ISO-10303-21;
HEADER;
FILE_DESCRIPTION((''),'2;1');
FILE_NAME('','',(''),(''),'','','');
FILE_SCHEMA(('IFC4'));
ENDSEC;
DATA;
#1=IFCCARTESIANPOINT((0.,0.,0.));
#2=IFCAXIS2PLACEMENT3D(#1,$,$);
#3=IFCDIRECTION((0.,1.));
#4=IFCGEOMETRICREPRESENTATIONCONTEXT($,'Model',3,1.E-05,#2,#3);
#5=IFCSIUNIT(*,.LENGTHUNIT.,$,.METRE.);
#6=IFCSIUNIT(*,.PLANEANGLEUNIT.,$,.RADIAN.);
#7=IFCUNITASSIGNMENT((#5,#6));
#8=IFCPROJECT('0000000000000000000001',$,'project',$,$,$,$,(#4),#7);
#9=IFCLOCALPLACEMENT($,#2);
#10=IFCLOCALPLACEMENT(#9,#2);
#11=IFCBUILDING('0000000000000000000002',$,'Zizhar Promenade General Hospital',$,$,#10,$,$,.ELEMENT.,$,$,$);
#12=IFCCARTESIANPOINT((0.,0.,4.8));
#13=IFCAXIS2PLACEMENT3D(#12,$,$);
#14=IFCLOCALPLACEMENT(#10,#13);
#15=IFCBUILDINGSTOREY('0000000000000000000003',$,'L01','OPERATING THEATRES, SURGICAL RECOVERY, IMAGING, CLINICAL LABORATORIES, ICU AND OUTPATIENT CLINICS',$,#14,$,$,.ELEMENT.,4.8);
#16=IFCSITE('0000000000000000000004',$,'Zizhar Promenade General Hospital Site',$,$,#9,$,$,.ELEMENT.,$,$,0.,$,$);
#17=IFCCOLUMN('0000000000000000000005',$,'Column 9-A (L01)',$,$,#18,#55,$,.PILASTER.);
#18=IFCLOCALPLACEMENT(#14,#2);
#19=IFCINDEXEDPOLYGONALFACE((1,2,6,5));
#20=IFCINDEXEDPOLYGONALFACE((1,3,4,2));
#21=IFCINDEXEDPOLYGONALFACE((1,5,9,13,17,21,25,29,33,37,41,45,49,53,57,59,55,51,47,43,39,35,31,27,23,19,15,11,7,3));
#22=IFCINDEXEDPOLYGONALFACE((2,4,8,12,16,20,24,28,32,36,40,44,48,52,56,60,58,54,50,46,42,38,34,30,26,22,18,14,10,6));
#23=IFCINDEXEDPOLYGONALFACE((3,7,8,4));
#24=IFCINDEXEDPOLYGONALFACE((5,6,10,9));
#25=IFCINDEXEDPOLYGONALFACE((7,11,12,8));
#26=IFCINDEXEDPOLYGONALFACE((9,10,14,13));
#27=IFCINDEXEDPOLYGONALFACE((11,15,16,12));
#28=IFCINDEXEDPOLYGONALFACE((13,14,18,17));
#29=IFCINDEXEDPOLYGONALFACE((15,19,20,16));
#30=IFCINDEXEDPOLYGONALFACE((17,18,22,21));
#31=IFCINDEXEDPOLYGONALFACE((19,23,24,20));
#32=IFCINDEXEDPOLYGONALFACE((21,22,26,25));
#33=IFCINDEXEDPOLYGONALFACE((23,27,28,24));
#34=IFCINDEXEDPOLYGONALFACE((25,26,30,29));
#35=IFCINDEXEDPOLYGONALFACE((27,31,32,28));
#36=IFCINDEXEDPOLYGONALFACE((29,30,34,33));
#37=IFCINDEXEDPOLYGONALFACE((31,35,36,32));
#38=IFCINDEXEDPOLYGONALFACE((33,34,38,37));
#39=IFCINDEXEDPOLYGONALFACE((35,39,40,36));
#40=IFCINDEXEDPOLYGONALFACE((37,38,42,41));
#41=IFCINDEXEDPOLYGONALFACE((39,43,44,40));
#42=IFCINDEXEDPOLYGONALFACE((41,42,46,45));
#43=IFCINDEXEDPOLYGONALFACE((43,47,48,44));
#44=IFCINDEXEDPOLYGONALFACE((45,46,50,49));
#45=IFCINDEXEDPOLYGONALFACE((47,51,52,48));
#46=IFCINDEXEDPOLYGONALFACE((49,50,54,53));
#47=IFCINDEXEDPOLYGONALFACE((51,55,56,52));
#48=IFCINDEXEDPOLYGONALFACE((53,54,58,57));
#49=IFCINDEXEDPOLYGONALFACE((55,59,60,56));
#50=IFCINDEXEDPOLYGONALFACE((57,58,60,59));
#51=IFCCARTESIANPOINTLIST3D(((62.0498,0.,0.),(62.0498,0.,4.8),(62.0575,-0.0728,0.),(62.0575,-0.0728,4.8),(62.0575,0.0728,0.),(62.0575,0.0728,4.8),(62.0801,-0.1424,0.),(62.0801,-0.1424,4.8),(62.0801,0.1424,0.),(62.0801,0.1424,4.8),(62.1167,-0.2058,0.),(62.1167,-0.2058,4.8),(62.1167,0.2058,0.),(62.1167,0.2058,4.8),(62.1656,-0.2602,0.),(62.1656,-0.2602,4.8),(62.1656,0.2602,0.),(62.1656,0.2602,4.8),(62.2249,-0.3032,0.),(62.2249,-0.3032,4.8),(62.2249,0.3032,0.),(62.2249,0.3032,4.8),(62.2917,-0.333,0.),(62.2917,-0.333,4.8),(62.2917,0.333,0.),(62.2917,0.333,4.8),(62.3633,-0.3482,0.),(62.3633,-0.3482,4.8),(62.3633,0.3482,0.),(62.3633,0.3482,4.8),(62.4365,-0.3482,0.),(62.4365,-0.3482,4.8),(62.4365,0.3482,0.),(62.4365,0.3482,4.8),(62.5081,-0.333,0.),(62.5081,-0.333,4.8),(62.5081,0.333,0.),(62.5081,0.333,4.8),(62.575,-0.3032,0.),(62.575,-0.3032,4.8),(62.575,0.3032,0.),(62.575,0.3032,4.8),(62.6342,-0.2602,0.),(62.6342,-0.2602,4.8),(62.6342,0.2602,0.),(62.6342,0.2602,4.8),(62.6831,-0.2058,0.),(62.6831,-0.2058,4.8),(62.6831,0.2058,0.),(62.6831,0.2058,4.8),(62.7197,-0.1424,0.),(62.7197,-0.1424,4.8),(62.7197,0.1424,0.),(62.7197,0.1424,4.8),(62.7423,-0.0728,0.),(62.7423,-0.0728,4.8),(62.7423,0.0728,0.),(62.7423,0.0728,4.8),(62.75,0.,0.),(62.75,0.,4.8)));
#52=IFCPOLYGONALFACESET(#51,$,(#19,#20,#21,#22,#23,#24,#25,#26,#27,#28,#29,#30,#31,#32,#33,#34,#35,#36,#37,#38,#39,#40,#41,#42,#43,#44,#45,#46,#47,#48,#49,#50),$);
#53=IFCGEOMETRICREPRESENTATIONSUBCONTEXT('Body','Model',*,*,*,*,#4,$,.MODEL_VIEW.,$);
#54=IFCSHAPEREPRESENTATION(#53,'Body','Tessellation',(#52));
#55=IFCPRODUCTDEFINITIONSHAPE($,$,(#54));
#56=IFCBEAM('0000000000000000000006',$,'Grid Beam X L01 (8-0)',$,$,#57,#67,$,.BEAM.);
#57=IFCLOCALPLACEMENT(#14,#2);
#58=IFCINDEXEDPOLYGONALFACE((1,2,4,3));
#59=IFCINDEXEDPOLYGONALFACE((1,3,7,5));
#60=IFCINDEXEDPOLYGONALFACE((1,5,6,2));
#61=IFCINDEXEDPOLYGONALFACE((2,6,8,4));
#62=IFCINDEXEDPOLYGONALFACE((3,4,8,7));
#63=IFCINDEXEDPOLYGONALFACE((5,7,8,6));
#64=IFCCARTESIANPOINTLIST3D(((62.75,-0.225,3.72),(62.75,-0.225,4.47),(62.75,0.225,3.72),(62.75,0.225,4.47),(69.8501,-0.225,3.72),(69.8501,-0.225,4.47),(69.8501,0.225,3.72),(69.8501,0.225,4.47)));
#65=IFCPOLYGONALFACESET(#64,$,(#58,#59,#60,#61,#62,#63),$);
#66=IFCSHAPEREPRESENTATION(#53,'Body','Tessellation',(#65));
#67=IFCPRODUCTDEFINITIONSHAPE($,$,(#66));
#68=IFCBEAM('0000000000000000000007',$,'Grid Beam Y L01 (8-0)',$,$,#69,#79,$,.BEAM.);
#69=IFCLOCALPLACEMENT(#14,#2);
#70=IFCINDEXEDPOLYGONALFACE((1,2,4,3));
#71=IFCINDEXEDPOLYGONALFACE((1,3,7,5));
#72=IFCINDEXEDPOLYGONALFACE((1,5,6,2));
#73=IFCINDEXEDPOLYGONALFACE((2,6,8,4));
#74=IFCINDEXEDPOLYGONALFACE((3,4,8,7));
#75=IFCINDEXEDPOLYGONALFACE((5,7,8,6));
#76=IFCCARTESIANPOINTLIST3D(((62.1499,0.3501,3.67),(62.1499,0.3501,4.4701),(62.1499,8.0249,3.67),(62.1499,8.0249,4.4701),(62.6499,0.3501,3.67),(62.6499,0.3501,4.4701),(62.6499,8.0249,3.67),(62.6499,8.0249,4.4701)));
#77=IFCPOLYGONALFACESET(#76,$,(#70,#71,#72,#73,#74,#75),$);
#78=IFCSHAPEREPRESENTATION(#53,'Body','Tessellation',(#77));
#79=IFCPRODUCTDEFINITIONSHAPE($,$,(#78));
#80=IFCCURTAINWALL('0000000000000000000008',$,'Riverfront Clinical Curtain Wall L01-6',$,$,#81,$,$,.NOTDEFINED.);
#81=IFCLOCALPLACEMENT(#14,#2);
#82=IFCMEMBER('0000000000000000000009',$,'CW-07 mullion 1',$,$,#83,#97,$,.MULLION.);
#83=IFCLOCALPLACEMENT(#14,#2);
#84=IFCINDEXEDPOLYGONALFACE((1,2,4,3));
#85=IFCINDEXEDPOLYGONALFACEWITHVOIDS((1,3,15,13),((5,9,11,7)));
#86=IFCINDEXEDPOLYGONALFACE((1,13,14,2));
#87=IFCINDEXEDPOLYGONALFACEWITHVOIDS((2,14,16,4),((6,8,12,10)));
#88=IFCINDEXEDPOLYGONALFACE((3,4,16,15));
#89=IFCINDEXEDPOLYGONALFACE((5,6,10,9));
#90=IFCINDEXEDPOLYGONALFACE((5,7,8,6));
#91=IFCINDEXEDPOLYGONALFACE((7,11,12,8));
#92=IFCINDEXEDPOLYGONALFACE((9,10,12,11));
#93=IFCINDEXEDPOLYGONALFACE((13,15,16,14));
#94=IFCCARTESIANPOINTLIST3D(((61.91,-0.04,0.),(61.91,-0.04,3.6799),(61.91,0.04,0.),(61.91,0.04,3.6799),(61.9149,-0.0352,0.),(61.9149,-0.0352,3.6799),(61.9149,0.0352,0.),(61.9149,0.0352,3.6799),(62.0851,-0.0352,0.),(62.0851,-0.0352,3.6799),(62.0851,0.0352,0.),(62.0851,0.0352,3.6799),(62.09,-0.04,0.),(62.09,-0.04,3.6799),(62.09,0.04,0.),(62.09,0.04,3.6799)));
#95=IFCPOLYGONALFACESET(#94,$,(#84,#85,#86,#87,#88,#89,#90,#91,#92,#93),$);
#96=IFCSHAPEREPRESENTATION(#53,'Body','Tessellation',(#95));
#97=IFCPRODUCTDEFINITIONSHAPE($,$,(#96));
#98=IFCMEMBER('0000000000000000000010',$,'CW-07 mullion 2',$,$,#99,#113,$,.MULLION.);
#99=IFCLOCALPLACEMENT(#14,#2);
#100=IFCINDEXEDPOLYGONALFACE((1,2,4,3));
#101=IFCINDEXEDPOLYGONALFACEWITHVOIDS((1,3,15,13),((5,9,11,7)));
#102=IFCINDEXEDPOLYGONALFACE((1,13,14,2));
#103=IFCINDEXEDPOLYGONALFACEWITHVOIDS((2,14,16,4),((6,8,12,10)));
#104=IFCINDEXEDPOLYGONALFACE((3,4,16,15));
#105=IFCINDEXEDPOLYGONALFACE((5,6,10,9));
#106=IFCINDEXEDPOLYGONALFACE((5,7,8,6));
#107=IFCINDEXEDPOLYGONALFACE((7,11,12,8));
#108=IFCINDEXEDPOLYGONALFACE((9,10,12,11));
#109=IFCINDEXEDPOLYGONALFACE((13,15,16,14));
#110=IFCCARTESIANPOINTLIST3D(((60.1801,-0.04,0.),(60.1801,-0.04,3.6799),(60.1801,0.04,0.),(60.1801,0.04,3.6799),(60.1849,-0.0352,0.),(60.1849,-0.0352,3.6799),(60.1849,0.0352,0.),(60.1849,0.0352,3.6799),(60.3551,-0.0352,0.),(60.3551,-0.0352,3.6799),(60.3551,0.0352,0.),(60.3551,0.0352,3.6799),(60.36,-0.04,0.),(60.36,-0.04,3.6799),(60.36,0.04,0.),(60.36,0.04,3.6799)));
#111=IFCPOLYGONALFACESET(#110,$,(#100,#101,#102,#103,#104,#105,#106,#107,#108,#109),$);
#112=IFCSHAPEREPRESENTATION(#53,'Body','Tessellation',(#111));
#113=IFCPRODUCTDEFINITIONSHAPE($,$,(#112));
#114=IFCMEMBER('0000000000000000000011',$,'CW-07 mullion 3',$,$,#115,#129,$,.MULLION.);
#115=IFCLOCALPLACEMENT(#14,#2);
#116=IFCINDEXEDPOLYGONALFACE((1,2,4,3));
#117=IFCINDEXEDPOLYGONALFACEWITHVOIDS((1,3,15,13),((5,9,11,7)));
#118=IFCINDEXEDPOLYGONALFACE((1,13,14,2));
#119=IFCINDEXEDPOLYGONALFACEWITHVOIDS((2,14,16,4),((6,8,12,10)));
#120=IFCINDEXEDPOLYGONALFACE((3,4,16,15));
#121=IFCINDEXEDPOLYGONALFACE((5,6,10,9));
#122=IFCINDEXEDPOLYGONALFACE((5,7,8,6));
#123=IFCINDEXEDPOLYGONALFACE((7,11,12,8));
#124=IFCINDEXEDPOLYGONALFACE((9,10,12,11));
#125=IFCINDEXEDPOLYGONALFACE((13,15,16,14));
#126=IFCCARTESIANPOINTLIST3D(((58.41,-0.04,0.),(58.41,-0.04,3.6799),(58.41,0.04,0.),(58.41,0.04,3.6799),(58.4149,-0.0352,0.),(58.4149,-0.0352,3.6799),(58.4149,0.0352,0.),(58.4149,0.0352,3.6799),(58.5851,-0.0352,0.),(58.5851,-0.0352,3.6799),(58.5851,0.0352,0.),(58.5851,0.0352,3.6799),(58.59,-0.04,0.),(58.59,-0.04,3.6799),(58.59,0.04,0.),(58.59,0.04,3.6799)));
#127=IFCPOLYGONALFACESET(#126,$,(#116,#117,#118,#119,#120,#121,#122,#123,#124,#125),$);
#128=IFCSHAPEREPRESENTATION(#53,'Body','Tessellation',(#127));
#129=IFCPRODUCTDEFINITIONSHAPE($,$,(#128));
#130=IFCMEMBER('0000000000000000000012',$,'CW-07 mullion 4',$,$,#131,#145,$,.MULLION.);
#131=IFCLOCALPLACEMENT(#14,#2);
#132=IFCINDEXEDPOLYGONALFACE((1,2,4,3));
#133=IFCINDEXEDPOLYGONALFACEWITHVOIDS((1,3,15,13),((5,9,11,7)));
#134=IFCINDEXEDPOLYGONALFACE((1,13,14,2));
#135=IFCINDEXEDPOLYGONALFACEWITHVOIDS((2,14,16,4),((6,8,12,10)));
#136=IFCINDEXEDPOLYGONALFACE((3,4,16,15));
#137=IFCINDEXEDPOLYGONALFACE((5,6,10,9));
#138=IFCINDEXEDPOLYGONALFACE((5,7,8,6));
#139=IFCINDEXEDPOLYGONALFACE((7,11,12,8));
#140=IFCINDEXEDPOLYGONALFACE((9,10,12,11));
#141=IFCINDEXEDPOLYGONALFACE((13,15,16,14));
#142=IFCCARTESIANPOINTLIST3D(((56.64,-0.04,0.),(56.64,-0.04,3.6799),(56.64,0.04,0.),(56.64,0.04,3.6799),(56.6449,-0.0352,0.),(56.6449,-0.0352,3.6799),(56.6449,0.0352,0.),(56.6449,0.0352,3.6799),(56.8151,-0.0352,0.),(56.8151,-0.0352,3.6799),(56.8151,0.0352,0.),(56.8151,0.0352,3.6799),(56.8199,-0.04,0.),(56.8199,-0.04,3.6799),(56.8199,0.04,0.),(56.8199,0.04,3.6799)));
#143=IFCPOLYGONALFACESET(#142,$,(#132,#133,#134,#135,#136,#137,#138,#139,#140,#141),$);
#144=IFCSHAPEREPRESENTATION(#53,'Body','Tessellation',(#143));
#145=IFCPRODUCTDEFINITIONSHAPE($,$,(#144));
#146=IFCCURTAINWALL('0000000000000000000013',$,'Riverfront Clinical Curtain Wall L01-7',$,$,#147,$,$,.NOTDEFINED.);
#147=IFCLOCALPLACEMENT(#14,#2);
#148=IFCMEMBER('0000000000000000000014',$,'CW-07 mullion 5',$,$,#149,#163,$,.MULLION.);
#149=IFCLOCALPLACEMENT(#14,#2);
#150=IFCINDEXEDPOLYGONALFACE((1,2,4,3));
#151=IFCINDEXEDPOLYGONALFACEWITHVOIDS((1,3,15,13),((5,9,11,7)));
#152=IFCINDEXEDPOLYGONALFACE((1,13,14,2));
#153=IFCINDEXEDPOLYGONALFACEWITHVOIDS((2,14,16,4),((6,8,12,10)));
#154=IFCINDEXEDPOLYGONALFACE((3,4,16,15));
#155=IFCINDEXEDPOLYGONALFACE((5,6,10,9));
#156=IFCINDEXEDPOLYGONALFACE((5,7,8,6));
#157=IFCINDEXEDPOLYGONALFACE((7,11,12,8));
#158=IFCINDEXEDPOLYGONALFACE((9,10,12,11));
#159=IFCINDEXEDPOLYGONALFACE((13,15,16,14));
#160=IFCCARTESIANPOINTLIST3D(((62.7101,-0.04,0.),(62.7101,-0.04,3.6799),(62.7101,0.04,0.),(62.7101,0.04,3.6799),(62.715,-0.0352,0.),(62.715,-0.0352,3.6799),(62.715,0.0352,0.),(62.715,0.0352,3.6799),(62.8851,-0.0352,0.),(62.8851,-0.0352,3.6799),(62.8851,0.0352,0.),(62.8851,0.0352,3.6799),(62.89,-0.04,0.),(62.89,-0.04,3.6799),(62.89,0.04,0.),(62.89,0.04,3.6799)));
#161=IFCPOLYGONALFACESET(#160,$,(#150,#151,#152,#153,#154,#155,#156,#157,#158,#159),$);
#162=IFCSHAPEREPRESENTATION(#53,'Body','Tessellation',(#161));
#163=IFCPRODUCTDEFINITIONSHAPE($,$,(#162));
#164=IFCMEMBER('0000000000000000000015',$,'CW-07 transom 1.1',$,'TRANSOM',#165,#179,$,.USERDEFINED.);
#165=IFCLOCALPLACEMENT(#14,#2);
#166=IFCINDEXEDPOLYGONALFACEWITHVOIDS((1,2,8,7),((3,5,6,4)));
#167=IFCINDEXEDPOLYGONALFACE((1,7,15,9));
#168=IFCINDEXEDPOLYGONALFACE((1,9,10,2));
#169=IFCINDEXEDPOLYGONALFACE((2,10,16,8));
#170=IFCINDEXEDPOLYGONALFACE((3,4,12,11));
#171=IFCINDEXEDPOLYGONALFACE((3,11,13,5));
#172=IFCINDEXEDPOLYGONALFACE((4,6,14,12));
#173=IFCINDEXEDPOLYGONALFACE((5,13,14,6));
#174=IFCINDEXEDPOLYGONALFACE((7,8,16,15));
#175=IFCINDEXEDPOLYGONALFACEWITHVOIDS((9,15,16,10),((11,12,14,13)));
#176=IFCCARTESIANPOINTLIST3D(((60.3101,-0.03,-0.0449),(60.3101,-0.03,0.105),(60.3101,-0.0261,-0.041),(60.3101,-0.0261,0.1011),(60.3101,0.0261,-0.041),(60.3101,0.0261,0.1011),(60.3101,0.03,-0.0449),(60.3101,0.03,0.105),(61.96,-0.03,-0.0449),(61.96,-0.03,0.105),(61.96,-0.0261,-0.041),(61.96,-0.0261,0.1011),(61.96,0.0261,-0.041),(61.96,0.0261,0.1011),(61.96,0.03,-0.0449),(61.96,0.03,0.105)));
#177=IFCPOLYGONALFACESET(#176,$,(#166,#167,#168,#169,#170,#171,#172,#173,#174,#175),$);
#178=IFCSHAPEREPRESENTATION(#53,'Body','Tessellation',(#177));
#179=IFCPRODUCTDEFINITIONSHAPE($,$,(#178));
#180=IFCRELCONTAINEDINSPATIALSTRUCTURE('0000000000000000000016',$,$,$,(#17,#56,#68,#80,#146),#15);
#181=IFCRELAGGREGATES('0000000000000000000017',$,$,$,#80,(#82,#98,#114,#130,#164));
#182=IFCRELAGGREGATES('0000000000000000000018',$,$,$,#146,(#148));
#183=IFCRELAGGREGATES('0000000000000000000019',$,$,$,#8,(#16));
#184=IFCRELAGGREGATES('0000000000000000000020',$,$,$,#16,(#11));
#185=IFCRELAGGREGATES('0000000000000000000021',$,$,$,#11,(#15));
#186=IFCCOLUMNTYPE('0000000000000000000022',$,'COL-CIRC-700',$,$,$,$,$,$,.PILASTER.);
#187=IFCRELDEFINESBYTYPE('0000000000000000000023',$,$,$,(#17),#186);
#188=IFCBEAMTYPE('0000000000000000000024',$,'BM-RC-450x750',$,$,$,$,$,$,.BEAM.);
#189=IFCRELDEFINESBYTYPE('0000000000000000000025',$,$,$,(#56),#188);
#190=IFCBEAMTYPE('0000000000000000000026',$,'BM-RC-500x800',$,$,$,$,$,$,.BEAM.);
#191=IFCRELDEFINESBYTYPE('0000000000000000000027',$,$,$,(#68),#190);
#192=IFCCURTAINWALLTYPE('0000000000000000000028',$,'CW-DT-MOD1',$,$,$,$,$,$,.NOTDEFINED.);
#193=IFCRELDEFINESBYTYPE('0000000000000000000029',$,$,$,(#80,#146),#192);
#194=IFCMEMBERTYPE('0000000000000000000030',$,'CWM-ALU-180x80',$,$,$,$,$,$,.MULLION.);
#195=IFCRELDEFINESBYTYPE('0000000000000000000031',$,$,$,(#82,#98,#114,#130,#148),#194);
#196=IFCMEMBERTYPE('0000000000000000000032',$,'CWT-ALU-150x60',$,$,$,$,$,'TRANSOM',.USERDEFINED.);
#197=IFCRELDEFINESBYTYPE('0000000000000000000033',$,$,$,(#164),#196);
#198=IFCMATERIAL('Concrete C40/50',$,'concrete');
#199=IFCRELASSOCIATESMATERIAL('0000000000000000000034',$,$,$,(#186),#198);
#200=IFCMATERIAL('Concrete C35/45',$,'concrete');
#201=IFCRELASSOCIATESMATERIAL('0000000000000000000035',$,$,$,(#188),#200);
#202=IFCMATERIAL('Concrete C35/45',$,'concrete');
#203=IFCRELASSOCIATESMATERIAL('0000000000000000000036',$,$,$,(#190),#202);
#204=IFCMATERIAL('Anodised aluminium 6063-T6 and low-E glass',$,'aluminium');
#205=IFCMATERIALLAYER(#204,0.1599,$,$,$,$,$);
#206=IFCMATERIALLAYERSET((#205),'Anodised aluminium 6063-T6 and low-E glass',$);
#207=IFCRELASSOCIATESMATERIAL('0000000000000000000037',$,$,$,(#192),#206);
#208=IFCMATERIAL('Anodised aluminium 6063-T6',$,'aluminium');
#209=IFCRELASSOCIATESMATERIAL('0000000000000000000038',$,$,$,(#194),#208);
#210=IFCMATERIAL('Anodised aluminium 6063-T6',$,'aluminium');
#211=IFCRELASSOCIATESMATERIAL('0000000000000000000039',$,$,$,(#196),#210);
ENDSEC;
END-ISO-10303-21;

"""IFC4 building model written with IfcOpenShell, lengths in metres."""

from ifc_helpers import new_model, si_unit, direction, frame, origin, origin_2d, place, context, subcontext, project, spatial, rectangle, hollow_rectangle, circle, extrude, material, layer, layer_set, material_profile, profile_set, type_object, element, aggregate, save


model = new_model("IFC4")

# Units and contexts
model_context = context("Model", 3, precision=1e-05, world=origin(), true_north=direction((0.0, 1.0)))
body_context = subcontext(model_context, "Body", "Model", "MODEL_VIEW")
ifc_project = project(units=[si_unit("LENGTHUNIT", "METRE"), si_unit("PLANEANGLEUNIT", "RADIAN")], contexts=[model_context])

# Site, building, storey
site_placement = place(None, origin())
site = spatial("IfcSite", under=ifc_project, at=site_placement, Name="Zizhar Promenade General Hospital Site", CompositionType="ELEMENT", RefElevation=0.0)
building_placement = place(site_placement, origin())
building = spatial("IfcBuilding", under=site, at=building_placement, Name="Zizhar Promenade General Hospital", CompositionType="ELEMENT")
storey_placement = place(building_placement, frame((0.0, 0.0, 4.8)))
storey = spatial("IfcBuildingStorey", under=building, at=storey_placement, Name="L01", Description="OPERATING THEATRES, SURGICAL RECOVERY, IMAGING, CLINICAL LABORATORIES, ICU AND OUTPATIENT CLINICS", CompositionType="ELEMENT", Elevation=4.8)

# Column
ifc_material_1 = material(Name="Concrete C40/50", Category="concrete")
ifc_material_profile_1 = material_profile(ifc_material_1, circle(Radius=0.3501, at=origin_2d()))
ifc_profile_set_1 = profile_set([ifc_material_profile_1], Name="Concrete C40/50")
column_type = type_object("IfcColumnType", Name="COL-CIRC-700", PredefinedType="PILASTER", material=ifc_profile_set_1)
column_placement = place(storey_placement, frame((62.3999, 0.0, 0.0), z_axis=(0.0, 0.0, 1.0), x_axis=(1.0, 0.0, 0.0)))
element("IfcColumn", 1, at=column_placement, inside=storey, type_object=column_type, Name="Column 9-A (L01)", PredefinedType="PILASTER", context=body_context, shape_type="SweptSolid", body=[
    extrude(circle(Radius=0.3501, at=origin_2d()), origin(), (0.0, 0.0, 1.0), 4.8),
])

# Beams
ifc_material_2 = material(Name="Concrete C35/45", Category="concrete")
ifc_material_profile_2 = material_profile(ifc_material_2, rectangle(XDim=0.45, YDim=0.75, at=origin_2d()))
ifc_profile_set_2 = profile_set([ifc_material_profile_2], Name="Concrete C35/45")
beam_type_1 = type_object("IfcBeamType", Name="BM-RC-450x750", PredefinedType="BEAM", material=ifc_profile_set_2)
beam_1_placement = place(storey_placement, frame((62.75, 0.0, 4.095), z_axis=(1.0, 0.0, 0.0), x_axis=(0.0, 1.0, 0.0)))
element("IfcBeam", 2, at=beam_1_placement, inside=storey, type_object=beam_type_1, Name="Grid Beam X L01 (8-0)", PredefinedType="BEAM", context=body_context, shape_type="SweptSolid", body=[
    extrude(rectangle(XDim=0.45, YDim=0.75, at=origin_2d()), origin(), (0.0, 0.0, 1.0), 7.1001),
])
ifc_material_3 = material(Name="Concrete C35/45", Category="concrete")
ifc_material_profile_3 = material_profile(ifc_material_3, rectangle(XDim=0.5, YDim=0.8, at=origin_2d()))
ifc_profile_set_3 = profile_set([ifc_material_profile_3], Name="Concrete C35/45")
beam_type_2 = type_object("IfcBeamType", Name="BM-RC-500x800", PredefinedType="BEAM", material=ifc_profile_set_3)
beam_2_placement = place(storey_placement, frame((62.3999, 0.3501, 4.0701), z_axis=(0.0, 1.0, 0.0), x_axis=(-1.0, 0.0, 0.0)))
element("IfcBeam", 3, at=beam_2_placement, inside=storey, type_object=beam_type_2, Name="Grid Beam Y L01 (8-0)", PredefinedType="BEAM", context=body_context, shape_type="SweptSolid", body=[
    extrude(rectangle(XDim=0.5, YDim=0.8, at=origin_2d()), origin(), (0.0, 0.0, 1.0), 7.6748),
])

# Curtain wall, members
ifc_material_4 = material(Name="Anodised aluminium 6063-T6 and low-E glass", Category="aluminium")
ifc_layer_1 = layer(ifc_material_4, 0.1599)
ifc_layer_set_1 = layer_set([ifc_layer_1], Name="Anodised aluminium 6063-T6 and low-E glass")
curtain_wall_type = type_object("IfcCurtainWallType", Name="CW-DT-MOD1", PredefinedType="NOTDEFINED", material=ifc_layer_set_1)
curtain_wall_1_placement = place(storey_placement, origin())
curtain_wall_1 = element("IfcCurtainWall", 4, at=curtain_wall_1_placement, inside=storey, type_object=curtain_wall_type, Name="Riverfront Clinical Curtain Wall L01-6", PredefinedType="NOTDEFINED")
ifc_material_5 = material(Name="Anodised aluminium 6063-T6", Category="aluminium")
ifc_material_profile_4 = material_profile(ifc_material_5, hollow_rectangle(XDim=0.0801, YDim=0.1799, WallThickness=0.0049, at=origin_2d()))
ifc_profile_set_4 = profile_set([ifc_material_profile_4], Name="Anodised aluminium 6063-T6")
member_type_1 = type_object("IfcMemberType", Name="CWM-ALU-180x80", PredefinedType="MULLION", material=ifc_profile_set_4)
member_1_placement = place(storey_placement, frame((62.0, 0.0, 0.0), z_axis=(0.0, 0.0, 1.0), x_axis=(0.0, -1.0, 0.0)))
member_1 = element("IfcMember", 5, at=member_1_placement, type_object=member_type_1, Name="CW-07 mullion 1", PredefinedType="MULLION", context=body_context, shape_type="SweptSolid", body=[
    extrude(hollow_rectangle(XDim=0.0801, YDim=0.1799, WallThickness=0.0049, at=origin_2d()), origin(), (0.0, 0.0, 1.0), 3.6799),
])
member_2_placement = place(storey_placement, frame((60.27, 0.0, 0.0), z_axis=(0.0, 0.0, 1.0), x_axis=(0.0, -1.0, 0.0)))
member_2 = element("IfcMember", 6, at=member_2_placement, type_object=member_type_1, Name="CW-07 mullion 2", PredefinedType="MULLION", context=body_context, shape_type="SweptSolid", body=[
    extrude(hollow_rectangle(XDim=0.0801, YDim=0.1799, WallThickness=0.0049, at=origin_2d()), origin(), (0.0, 0.0, 1.0), 3.6799),
])
member_3_placement = place(storey_placement, frame((58.5, 0.0, 0.0), z_axis=(0.0, 0.0, 1.0), x_axis=(0.0, -1.0, 0.0)))
member_3 = element("IfcMember", 7, at=member_3_placement, type_object=member_type_1, Name="CW-07 mullion 3", PredefinedType="MULLION", context=body_context, shape_type="SweptSolid", body=[
    extrude(hollow_rectangle(XDim=0.0801, YDim=0.1799, WallThickness=0.0049, at=origin_2d()), origin(), (0.0, 0.0, 1.0), 3.6799),
])
member_4_placement = place(storey_placement, frame((56.73, 0.0, 0.0), z_axis=(0.0, 0.0, 1.0), x_axis=(0.0, -1.0, 0.0)))
member_4 = element("IfcMember", 8, at=member_4_placement, type_object=member_type_1, Name="CW-07 mullion 4", PredefinedType="MULLION", context=body_context, shape_type="SweptSolid", body=[
    extrude(hollow_rectangle(XDim=0.0801, YDim=0.1799, WallThickness=0.0049, at=origin_2d()), origin(), (0.0, 0.0, 1.0), 3.6799),
])

# Curtain wall, member
curtain_wall_2_placement = place(storey_placement, origin())
curtain_wall_2 = element("IfcCurtainWall", 9, at=curtain_wall_2_placement, inside=storey, type_object=curtain_wall_type, Name="Riverfront Clinical Curtain Wall L01-7", PredefinedType="NOTDEFINED")
member_5_placement = place(storey_placement, frame((62.8, 0.0, 0.0), z_axis=(0.0, 0.0, 1.0), x_axis=(0.0, -1.0, 0.0)))
member_5 = element("IfcMember", 10, at=member_5_placement, type_object=member_type_1, Name="CW-07 mullion 5", PredefinedType="MULLION", context=body_context, shape_type="SweptSolid", body=[
    extrude(hollow_rectangle(XDim=0.0801, YDim=0.1799, WallThickness=0.0049, at=origin_2d()), origin(), (0.0, 0.0, 1.0), 3.6799),
])

# Member
ifc_material_6 = material(Name="Anodised aluminium 6063-T6", Category="aluminium")
ifc_material_profile_5 = material_profile(ifc_material_6, hollow_rectangle(XDim=0.0601, YDim=0.1499, WallThickness=0.0039, at=origin_2d()))
ifc_profile_set_5 = profile_set([ifc_material_profile_5], Name="Anodised aluminium 6063-T6")
member_type_2 = type_object("IfcMemberType", Name="CWT-ALU-150x60", ElementType="TRANSOM", PredefinedType="USERDEFINED", material=ifc_profile_set_5)
member_6_placement = place(storey_placement, frame((61.96, 0.0, 0.03), z_axis=(-1.0, 0.0, 0.0), x_axis=(0.0, -1.0, 0.0)))
member_6 = element("IfcMember", 11, at=member_6_placement, type_object=member_type_2, Name="CW-07 transom 1.1", ObjectType="TRANSOM", PredefinedType="USERDEFINED", context=body_context, shape_type="SweptSolid", body=[
    extrude(hollow_rectangle(XDim=0.0601, YDim=0.1499, WallThickness=0.0039, at=origin_2d()), origin(), (0.0, 0.0, 1.0), 1.6499),
])

aggregate(curtain_wall_1, [member_1, member_2, member_3, member_4, member_6])
aggregate(curtain_wall_2, [member_5])

save(model, "model.ifc")
